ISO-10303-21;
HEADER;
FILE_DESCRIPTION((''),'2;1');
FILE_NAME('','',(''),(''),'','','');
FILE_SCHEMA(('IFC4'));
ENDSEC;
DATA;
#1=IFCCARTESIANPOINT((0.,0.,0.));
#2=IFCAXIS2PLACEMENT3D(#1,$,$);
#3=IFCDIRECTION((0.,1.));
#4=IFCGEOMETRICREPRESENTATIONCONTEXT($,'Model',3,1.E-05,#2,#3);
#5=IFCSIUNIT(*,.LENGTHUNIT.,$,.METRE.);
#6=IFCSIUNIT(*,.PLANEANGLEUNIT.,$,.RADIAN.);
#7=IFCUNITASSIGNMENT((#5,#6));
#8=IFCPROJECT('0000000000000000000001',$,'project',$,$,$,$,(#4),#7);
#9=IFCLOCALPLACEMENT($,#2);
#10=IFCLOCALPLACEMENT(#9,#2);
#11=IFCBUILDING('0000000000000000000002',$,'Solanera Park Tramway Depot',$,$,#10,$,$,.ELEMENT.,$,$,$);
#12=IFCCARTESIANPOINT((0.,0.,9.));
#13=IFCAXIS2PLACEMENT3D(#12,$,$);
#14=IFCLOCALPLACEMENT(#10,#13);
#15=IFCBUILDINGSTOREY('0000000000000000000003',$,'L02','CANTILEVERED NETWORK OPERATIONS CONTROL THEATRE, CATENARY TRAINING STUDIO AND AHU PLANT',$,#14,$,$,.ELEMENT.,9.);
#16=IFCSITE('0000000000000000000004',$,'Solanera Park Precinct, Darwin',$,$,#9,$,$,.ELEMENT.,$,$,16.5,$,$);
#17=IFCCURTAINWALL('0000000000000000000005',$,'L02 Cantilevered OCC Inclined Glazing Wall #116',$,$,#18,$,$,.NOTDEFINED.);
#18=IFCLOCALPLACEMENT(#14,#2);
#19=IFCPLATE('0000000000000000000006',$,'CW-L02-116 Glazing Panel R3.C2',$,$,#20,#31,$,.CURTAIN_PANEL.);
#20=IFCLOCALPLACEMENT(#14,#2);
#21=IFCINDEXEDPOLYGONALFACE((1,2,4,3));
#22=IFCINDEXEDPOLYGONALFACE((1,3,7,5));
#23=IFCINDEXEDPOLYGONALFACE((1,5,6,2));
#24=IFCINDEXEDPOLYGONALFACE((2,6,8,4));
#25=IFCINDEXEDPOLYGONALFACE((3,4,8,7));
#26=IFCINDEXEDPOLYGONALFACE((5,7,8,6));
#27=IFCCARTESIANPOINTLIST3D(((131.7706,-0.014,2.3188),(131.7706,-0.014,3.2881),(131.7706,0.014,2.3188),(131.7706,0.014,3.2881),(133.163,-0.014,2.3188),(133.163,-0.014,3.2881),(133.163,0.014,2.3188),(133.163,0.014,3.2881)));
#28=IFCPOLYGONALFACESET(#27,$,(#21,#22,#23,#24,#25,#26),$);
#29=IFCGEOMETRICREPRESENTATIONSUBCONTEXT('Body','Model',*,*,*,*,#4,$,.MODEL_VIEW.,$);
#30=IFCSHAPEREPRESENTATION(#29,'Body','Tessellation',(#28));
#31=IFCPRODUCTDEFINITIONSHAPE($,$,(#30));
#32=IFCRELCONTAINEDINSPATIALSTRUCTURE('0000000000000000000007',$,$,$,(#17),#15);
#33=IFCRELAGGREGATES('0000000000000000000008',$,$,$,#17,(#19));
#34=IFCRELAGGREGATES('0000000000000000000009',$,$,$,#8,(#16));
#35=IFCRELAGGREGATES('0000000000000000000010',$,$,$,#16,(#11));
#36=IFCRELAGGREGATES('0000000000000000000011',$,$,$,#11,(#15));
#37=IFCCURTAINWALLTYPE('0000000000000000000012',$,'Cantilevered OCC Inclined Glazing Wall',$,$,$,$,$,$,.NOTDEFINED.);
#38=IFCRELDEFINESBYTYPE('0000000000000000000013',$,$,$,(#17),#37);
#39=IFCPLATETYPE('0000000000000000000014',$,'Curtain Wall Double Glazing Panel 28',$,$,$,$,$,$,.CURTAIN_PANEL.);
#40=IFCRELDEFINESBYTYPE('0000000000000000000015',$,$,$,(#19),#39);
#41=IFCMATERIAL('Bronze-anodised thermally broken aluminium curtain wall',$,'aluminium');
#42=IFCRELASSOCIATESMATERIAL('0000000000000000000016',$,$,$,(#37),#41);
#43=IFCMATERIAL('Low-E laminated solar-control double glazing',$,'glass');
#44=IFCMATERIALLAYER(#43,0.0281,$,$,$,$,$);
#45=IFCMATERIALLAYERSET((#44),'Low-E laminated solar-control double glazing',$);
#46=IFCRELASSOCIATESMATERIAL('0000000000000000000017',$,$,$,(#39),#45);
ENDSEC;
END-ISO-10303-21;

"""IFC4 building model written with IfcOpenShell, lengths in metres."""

from ifc_helpers import new_model, si_unit, direction, frame, origin, origin_2d, place, context, subcontext, project, spatial, rectangle, extrude, material, layer, layer_set, type_object, element, aggregate, save


model = new_model("IFC4")

# Units and contexts
model_context = context("Model", 3, precision=1e-05, world=origin(), true_north=direction((0.0, 1.0)))
body_context = subcontext(model_context, "Body", "Model", "MODEL_VIEW")
ifc_project = project(units=[si_unit("LENGTHUNIT", "METRE"), si_unit("PLANEANGLEUNIT", "RADIAN")], contexts=[model_context])

# Site, building, storey
site_placement = place(None, origin())
site = spatial("IfcSite", under=ifc_project, at=site_placement, Name="Solanera Park Precinct, Darwin", CompositionType="ELEMENT", RefElevation=16.5)
building_placement = place(site_placement, origin())
building = spatial("IfcBuilding", under=site, at=building_placement, Name="Solanera Park Tramway Depot", CompositionType="ELEMENT")
storey_placement = place(building_placement, frame((0.0, 0.0, 9.0)))
storey = spatial("IfcBuildingStorey", under=building, at=storey_placement, Name="L02", Description="CANTILEVERED NETWORK OPERATIONS CONTROL THEATRE, CATENARY TRAINING STUDIO AND AHU PLANT", CompositionType="ELEMENT", Elevation=9.0)

# Curtain wall
ifc_material_1 = material(Name="Bronze-anodised thermally broken aluminium curtain wall", Category="aluminium")
curtain_wall_type = type_object("IfcCurtainWallType", Name="Cantilevered OCC Inclined Glazing Wall", PredefinedType="NOTDEFINED", material=ifc_material_1)
curtain_wall_1_placement = place(storey_placement, origin())
curtain_wall_1 = element("IfcCurtainWall", 1, at=curtain_wall_1_placement, inside=storey, type_object=curtain_wall_type, Name="L02 Cantilevered OCC Inclined Glazing Wall #116", PredefinedType="NOTDEFINED")

# Plate
ifc_material_2 = material(Name="Low-E laminated solar-control double glazing", Category="glass")
ifc_layer = layer(ifc_material_2, 0.0281)
ifc_layer_set = layer_set([ifc_layer], Name="Low-E laminated solar-control double glazing")
plate_type = type_object("IfcPlateType", Name="Curtain Wall Double Glazing Panel 28", PredefinedType="CURTAIN_PANEL", material=ifc_layer_set)
plate_1_placement = place(storey_placement, frame((132.4668, 0.0, 2.3188), z_axis=(0.0, 0.0, 1.0), x_axis=(1.0, 0.0, 0.0)))
plate_1 = element("IfcPlate", 2, at=plate_1_placement, type_object=plate_type, Name="CW-L02-116 Glazing Panel R3.C2", PredefinedType="CURTAIN_PANEL", context=body_context, shape_type="SweptSolid", body=[
    extrude(rectangle(XDim=1.3923, YDim=0.0281, at=origin_2d()), origin(), (0.0, 0.0, 1.0), 0.9692),
])
aggregate(curtain_wall_1, [plate_1])

save(model, "model.ifc")
